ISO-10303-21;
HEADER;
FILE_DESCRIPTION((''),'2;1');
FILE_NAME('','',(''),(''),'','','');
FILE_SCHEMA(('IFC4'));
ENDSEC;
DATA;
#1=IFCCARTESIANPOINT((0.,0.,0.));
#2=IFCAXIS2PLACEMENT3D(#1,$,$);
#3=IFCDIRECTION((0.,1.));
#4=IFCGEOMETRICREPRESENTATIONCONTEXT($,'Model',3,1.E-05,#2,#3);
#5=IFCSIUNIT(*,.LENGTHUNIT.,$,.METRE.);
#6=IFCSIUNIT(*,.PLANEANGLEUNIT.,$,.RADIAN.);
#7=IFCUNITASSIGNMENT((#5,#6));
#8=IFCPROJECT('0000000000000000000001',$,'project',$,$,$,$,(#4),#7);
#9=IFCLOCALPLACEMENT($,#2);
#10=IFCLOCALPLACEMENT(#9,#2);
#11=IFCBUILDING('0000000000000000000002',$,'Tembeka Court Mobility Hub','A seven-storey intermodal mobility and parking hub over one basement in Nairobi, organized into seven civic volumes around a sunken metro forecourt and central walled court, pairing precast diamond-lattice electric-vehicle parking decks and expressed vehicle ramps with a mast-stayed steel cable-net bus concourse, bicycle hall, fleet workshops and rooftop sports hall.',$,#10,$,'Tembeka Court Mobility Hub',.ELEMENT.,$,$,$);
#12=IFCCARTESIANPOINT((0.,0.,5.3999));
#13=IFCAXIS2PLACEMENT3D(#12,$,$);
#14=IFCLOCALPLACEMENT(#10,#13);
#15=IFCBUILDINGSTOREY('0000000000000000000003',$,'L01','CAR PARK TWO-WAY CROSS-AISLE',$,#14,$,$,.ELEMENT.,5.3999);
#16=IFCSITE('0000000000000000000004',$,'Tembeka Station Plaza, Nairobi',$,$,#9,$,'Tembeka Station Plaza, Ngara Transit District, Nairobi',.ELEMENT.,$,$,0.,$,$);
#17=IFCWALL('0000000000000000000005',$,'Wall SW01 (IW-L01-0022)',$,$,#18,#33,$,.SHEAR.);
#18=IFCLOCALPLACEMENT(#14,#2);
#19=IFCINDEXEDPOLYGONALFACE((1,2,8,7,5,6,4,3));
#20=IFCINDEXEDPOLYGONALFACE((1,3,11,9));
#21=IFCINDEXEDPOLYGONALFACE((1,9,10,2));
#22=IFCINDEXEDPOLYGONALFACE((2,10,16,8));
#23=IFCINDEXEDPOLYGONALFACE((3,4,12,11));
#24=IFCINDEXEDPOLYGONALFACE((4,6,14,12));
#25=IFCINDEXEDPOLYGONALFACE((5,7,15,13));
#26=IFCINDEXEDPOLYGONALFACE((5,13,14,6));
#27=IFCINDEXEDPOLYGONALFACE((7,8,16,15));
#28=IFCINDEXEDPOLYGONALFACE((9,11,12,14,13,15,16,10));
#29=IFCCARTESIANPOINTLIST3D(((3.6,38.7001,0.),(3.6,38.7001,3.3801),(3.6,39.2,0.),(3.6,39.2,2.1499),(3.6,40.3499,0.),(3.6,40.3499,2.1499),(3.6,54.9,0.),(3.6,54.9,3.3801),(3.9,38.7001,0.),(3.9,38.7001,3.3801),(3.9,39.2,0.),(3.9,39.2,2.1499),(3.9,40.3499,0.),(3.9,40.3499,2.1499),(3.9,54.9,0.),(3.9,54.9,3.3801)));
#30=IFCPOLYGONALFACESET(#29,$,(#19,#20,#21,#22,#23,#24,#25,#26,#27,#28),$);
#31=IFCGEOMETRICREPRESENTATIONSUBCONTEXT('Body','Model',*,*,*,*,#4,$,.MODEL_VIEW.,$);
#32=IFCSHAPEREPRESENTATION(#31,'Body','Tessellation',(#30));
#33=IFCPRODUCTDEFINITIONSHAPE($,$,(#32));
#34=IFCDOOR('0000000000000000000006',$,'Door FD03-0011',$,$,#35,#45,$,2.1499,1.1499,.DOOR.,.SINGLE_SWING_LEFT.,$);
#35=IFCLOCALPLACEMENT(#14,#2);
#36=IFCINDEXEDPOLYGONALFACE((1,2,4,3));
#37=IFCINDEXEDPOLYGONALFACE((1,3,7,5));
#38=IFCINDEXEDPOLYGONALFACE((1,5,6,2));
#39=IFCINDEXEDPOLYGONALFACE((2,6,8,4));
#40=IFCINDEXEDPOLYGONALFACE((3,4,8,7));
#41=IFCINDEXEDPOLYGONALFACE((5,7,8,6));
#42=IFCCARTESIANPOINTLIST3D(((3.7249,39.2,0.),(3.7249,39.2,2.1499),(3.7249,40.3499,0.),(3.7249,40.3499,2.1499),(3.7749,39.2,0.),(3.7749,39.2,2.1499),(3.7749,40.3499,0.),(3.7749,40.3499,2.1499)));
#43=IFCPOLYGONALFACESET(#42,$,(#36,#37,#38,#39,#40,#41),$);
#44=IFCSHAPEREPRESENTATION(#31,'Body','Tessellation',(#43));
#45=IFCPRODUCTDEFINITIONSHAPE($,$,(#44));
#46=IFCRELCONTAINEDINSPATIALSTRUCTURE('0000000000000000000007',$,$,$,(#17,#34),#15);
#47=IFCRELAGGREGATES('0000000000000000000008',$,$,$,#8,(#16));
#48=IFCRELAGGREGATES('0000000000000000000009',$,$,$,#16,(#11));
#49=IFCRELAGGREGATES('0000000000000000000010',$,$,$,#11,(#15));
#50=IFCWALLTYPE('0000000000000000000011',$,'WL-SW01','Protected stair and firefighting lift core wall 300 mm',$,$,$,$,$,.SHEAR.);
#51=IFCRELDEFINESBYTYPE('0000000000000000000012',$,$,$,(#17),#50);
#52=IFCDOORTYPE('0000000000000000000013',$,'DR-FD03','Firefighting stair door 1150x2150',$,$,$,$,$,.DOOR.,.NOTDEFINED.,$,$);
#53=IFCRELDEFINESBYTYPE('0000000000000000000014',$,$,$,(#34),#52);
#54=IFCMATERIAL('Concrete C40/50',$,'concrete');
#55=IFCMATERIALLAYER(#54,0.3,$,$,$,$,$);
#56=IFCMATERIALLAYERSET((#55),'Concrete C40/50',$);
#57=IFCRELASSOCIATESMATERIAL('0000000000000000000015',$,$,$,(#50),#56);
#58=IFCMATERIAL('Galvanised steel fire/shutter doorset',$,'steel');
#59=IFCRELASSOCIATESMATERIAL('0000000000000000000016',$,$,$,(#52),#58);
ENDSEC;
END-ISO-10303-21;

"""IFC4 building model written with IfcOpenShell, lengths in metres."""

from ifc_helpers import new_model, si_unit, direction, frame, frame_2d, origin, place, context, subcontext, project, spatial, rectangle, extrude, material, layer, layer_set, type_object, element, fill, save


model = new_model("IFC4")

# Units and contexts
model_context = context("Model", 3, precision=1e-05, world=origin(), true_north=direction((0.0, 1.0)))
body_context = subcontext(model_context, "Body", "Model", "MODEL_VIEW")
ifc_project = project(units=[si_unit("LENGTHUNIT", "METRE"), si_unit("PLANEANGLEUNIT", "RADIAN")], contexts=[model_context])

# Site, building, storey
site_placement = place(None, origin())
site = spatial("IfcSite", under=ifc_project, at=site_placement, Name="Tembeka Station Plaza, Nairobi", LongName="Tembeka Station Plaza, Ngara Transit District, Nairobi", CompositionType="ELEMENT", RefElevation=0.0)
building_placement = place(site_placement, origin())
building = spatial("IfcBuilding", under=site, at=building_placement, Name="Tembeka Court Mobility Hub", Description="A seven-storey intermodal mobility and parking hub over one basement in Nairobi, organized into seven civic volumes around a sunken metro forecourt and central walled court, pairing precast diamond-lattice electric-vehicle parking decks and expressed vehicle ramps with a mast-stayed steel cable-net bus concourse, bicycle hall, fleet workshops and rooftop sports hall.", LongName="Tembeka Court Mobility Hub", CompositionType="ELEMENT")
storey_placement = place(building_placement, frame((0.0, 0.0, 5.3999)))
storey = spatial("IfcBuildingStorey", under=building, at=storey_placement, Name="L01", Description="CAR PARK TWO-WAY CROSS-AISLE", CompositionType="ELEMENT", Elevation=5.3999)

# Shared definitions
ifc_material_1 = material(Name="Galvanised steel fire/shutter doorset", Category="steel")

# Shared definitions
ifc_material_2 = material(Name="Concrete C40/50", Category="concrete")
ifc_layer_1 = layer(ifc_material_2, 0.3)
ifc_layer_set_1 = layer_set([ifc_layer_1], Name="Concrete C40/50")
wall_type_1 = type_object("IfcWallType", Name="WL-SW01", Description="Protected stair and firefighting lift core wall 300 mm", PredefinedType="SHEAR", material=ifc_layer_set_1)

# Wall, opening, door
wall_1_placement = place(storey_placement, frame((3.75, 38.7, 0.0), z_axis=(0.0, 0.0, 1.0), x_axis=(0.0, 1.0, 0.0)))
wall_1 = element("IfcWall", 1, at=wall_1_placement, inside=storey, type_object=wall_type_1, Name="Wall SW01 (IW-L01-0022)", PredefinedType="SHEAR", context=body_context, shape_type="SweptSolid", body=[
    extrude(rectangle(XDim=16.2, YDim=0.3, at=frame_2d((8.1001, 0.0))), origin(), (0.0, 0.0, 1.0), 3.3801),
])
opening_1_placement = place(wall_1_placement, frame((0.5, 0.0, 0.0)))
opening_1 = element("IfcOpeningElement", 2, at=opening_1_placement, cuts=wall_1, PredefinedType="OPENING", context=body_context, shape_type="SweptSolid", body=[
    extrude(rectangle(XDim=1.1499, YDim=2.1499, at=frame_2d((0.575, 1.075))), frame((0.0, 0.1602, 0.0), z_axis=(0.0, -1.0, 0.0), x_axis=(1.0, 0.0, 0.0)), (0.0, 0.0, 1.0), 0.3201),
])
door_type_1 = type_object("IfcDoorType", Name="DR-FD03", Description="Firefighting stair door 1150x2150", OperationType="NOTDEFINED", PredefinedType="DOOR", material=ifc_material_1)
door_1_placement = place(opening_1_placement, frame((1.1499, 0.0, 0.0), z_axis=(0.0, 0.0, 1.0), x_axis=(-1.0, 0.0, 0.0)))
door_1 = element("IfcDoor", 3, at=door_1_placement, inside=storey, type_object=door_type_1, Name="Door FD03-0011", OperationType="SINGLE_SWING_LEFT", OverallHeight=2.1499, OverallWidth=1.1499, PredefinedType="DOOR", context=body_context, shape_type="SweptSolid", body=[
    extrude(rectangle(XDim=1.1499, YDim=2.1499, at=frame_2d((0.575, 1.075))), frame((0.0, 0.0249, 0.0), z_axis=(0.0, -1.0, 0.0), x_axis=(1.0, 0.0, 0.0)), (0.0, 0.0, 1.0), 0.05),
])
fill(opening_1, door_1)

save(model, "model.ifc")
